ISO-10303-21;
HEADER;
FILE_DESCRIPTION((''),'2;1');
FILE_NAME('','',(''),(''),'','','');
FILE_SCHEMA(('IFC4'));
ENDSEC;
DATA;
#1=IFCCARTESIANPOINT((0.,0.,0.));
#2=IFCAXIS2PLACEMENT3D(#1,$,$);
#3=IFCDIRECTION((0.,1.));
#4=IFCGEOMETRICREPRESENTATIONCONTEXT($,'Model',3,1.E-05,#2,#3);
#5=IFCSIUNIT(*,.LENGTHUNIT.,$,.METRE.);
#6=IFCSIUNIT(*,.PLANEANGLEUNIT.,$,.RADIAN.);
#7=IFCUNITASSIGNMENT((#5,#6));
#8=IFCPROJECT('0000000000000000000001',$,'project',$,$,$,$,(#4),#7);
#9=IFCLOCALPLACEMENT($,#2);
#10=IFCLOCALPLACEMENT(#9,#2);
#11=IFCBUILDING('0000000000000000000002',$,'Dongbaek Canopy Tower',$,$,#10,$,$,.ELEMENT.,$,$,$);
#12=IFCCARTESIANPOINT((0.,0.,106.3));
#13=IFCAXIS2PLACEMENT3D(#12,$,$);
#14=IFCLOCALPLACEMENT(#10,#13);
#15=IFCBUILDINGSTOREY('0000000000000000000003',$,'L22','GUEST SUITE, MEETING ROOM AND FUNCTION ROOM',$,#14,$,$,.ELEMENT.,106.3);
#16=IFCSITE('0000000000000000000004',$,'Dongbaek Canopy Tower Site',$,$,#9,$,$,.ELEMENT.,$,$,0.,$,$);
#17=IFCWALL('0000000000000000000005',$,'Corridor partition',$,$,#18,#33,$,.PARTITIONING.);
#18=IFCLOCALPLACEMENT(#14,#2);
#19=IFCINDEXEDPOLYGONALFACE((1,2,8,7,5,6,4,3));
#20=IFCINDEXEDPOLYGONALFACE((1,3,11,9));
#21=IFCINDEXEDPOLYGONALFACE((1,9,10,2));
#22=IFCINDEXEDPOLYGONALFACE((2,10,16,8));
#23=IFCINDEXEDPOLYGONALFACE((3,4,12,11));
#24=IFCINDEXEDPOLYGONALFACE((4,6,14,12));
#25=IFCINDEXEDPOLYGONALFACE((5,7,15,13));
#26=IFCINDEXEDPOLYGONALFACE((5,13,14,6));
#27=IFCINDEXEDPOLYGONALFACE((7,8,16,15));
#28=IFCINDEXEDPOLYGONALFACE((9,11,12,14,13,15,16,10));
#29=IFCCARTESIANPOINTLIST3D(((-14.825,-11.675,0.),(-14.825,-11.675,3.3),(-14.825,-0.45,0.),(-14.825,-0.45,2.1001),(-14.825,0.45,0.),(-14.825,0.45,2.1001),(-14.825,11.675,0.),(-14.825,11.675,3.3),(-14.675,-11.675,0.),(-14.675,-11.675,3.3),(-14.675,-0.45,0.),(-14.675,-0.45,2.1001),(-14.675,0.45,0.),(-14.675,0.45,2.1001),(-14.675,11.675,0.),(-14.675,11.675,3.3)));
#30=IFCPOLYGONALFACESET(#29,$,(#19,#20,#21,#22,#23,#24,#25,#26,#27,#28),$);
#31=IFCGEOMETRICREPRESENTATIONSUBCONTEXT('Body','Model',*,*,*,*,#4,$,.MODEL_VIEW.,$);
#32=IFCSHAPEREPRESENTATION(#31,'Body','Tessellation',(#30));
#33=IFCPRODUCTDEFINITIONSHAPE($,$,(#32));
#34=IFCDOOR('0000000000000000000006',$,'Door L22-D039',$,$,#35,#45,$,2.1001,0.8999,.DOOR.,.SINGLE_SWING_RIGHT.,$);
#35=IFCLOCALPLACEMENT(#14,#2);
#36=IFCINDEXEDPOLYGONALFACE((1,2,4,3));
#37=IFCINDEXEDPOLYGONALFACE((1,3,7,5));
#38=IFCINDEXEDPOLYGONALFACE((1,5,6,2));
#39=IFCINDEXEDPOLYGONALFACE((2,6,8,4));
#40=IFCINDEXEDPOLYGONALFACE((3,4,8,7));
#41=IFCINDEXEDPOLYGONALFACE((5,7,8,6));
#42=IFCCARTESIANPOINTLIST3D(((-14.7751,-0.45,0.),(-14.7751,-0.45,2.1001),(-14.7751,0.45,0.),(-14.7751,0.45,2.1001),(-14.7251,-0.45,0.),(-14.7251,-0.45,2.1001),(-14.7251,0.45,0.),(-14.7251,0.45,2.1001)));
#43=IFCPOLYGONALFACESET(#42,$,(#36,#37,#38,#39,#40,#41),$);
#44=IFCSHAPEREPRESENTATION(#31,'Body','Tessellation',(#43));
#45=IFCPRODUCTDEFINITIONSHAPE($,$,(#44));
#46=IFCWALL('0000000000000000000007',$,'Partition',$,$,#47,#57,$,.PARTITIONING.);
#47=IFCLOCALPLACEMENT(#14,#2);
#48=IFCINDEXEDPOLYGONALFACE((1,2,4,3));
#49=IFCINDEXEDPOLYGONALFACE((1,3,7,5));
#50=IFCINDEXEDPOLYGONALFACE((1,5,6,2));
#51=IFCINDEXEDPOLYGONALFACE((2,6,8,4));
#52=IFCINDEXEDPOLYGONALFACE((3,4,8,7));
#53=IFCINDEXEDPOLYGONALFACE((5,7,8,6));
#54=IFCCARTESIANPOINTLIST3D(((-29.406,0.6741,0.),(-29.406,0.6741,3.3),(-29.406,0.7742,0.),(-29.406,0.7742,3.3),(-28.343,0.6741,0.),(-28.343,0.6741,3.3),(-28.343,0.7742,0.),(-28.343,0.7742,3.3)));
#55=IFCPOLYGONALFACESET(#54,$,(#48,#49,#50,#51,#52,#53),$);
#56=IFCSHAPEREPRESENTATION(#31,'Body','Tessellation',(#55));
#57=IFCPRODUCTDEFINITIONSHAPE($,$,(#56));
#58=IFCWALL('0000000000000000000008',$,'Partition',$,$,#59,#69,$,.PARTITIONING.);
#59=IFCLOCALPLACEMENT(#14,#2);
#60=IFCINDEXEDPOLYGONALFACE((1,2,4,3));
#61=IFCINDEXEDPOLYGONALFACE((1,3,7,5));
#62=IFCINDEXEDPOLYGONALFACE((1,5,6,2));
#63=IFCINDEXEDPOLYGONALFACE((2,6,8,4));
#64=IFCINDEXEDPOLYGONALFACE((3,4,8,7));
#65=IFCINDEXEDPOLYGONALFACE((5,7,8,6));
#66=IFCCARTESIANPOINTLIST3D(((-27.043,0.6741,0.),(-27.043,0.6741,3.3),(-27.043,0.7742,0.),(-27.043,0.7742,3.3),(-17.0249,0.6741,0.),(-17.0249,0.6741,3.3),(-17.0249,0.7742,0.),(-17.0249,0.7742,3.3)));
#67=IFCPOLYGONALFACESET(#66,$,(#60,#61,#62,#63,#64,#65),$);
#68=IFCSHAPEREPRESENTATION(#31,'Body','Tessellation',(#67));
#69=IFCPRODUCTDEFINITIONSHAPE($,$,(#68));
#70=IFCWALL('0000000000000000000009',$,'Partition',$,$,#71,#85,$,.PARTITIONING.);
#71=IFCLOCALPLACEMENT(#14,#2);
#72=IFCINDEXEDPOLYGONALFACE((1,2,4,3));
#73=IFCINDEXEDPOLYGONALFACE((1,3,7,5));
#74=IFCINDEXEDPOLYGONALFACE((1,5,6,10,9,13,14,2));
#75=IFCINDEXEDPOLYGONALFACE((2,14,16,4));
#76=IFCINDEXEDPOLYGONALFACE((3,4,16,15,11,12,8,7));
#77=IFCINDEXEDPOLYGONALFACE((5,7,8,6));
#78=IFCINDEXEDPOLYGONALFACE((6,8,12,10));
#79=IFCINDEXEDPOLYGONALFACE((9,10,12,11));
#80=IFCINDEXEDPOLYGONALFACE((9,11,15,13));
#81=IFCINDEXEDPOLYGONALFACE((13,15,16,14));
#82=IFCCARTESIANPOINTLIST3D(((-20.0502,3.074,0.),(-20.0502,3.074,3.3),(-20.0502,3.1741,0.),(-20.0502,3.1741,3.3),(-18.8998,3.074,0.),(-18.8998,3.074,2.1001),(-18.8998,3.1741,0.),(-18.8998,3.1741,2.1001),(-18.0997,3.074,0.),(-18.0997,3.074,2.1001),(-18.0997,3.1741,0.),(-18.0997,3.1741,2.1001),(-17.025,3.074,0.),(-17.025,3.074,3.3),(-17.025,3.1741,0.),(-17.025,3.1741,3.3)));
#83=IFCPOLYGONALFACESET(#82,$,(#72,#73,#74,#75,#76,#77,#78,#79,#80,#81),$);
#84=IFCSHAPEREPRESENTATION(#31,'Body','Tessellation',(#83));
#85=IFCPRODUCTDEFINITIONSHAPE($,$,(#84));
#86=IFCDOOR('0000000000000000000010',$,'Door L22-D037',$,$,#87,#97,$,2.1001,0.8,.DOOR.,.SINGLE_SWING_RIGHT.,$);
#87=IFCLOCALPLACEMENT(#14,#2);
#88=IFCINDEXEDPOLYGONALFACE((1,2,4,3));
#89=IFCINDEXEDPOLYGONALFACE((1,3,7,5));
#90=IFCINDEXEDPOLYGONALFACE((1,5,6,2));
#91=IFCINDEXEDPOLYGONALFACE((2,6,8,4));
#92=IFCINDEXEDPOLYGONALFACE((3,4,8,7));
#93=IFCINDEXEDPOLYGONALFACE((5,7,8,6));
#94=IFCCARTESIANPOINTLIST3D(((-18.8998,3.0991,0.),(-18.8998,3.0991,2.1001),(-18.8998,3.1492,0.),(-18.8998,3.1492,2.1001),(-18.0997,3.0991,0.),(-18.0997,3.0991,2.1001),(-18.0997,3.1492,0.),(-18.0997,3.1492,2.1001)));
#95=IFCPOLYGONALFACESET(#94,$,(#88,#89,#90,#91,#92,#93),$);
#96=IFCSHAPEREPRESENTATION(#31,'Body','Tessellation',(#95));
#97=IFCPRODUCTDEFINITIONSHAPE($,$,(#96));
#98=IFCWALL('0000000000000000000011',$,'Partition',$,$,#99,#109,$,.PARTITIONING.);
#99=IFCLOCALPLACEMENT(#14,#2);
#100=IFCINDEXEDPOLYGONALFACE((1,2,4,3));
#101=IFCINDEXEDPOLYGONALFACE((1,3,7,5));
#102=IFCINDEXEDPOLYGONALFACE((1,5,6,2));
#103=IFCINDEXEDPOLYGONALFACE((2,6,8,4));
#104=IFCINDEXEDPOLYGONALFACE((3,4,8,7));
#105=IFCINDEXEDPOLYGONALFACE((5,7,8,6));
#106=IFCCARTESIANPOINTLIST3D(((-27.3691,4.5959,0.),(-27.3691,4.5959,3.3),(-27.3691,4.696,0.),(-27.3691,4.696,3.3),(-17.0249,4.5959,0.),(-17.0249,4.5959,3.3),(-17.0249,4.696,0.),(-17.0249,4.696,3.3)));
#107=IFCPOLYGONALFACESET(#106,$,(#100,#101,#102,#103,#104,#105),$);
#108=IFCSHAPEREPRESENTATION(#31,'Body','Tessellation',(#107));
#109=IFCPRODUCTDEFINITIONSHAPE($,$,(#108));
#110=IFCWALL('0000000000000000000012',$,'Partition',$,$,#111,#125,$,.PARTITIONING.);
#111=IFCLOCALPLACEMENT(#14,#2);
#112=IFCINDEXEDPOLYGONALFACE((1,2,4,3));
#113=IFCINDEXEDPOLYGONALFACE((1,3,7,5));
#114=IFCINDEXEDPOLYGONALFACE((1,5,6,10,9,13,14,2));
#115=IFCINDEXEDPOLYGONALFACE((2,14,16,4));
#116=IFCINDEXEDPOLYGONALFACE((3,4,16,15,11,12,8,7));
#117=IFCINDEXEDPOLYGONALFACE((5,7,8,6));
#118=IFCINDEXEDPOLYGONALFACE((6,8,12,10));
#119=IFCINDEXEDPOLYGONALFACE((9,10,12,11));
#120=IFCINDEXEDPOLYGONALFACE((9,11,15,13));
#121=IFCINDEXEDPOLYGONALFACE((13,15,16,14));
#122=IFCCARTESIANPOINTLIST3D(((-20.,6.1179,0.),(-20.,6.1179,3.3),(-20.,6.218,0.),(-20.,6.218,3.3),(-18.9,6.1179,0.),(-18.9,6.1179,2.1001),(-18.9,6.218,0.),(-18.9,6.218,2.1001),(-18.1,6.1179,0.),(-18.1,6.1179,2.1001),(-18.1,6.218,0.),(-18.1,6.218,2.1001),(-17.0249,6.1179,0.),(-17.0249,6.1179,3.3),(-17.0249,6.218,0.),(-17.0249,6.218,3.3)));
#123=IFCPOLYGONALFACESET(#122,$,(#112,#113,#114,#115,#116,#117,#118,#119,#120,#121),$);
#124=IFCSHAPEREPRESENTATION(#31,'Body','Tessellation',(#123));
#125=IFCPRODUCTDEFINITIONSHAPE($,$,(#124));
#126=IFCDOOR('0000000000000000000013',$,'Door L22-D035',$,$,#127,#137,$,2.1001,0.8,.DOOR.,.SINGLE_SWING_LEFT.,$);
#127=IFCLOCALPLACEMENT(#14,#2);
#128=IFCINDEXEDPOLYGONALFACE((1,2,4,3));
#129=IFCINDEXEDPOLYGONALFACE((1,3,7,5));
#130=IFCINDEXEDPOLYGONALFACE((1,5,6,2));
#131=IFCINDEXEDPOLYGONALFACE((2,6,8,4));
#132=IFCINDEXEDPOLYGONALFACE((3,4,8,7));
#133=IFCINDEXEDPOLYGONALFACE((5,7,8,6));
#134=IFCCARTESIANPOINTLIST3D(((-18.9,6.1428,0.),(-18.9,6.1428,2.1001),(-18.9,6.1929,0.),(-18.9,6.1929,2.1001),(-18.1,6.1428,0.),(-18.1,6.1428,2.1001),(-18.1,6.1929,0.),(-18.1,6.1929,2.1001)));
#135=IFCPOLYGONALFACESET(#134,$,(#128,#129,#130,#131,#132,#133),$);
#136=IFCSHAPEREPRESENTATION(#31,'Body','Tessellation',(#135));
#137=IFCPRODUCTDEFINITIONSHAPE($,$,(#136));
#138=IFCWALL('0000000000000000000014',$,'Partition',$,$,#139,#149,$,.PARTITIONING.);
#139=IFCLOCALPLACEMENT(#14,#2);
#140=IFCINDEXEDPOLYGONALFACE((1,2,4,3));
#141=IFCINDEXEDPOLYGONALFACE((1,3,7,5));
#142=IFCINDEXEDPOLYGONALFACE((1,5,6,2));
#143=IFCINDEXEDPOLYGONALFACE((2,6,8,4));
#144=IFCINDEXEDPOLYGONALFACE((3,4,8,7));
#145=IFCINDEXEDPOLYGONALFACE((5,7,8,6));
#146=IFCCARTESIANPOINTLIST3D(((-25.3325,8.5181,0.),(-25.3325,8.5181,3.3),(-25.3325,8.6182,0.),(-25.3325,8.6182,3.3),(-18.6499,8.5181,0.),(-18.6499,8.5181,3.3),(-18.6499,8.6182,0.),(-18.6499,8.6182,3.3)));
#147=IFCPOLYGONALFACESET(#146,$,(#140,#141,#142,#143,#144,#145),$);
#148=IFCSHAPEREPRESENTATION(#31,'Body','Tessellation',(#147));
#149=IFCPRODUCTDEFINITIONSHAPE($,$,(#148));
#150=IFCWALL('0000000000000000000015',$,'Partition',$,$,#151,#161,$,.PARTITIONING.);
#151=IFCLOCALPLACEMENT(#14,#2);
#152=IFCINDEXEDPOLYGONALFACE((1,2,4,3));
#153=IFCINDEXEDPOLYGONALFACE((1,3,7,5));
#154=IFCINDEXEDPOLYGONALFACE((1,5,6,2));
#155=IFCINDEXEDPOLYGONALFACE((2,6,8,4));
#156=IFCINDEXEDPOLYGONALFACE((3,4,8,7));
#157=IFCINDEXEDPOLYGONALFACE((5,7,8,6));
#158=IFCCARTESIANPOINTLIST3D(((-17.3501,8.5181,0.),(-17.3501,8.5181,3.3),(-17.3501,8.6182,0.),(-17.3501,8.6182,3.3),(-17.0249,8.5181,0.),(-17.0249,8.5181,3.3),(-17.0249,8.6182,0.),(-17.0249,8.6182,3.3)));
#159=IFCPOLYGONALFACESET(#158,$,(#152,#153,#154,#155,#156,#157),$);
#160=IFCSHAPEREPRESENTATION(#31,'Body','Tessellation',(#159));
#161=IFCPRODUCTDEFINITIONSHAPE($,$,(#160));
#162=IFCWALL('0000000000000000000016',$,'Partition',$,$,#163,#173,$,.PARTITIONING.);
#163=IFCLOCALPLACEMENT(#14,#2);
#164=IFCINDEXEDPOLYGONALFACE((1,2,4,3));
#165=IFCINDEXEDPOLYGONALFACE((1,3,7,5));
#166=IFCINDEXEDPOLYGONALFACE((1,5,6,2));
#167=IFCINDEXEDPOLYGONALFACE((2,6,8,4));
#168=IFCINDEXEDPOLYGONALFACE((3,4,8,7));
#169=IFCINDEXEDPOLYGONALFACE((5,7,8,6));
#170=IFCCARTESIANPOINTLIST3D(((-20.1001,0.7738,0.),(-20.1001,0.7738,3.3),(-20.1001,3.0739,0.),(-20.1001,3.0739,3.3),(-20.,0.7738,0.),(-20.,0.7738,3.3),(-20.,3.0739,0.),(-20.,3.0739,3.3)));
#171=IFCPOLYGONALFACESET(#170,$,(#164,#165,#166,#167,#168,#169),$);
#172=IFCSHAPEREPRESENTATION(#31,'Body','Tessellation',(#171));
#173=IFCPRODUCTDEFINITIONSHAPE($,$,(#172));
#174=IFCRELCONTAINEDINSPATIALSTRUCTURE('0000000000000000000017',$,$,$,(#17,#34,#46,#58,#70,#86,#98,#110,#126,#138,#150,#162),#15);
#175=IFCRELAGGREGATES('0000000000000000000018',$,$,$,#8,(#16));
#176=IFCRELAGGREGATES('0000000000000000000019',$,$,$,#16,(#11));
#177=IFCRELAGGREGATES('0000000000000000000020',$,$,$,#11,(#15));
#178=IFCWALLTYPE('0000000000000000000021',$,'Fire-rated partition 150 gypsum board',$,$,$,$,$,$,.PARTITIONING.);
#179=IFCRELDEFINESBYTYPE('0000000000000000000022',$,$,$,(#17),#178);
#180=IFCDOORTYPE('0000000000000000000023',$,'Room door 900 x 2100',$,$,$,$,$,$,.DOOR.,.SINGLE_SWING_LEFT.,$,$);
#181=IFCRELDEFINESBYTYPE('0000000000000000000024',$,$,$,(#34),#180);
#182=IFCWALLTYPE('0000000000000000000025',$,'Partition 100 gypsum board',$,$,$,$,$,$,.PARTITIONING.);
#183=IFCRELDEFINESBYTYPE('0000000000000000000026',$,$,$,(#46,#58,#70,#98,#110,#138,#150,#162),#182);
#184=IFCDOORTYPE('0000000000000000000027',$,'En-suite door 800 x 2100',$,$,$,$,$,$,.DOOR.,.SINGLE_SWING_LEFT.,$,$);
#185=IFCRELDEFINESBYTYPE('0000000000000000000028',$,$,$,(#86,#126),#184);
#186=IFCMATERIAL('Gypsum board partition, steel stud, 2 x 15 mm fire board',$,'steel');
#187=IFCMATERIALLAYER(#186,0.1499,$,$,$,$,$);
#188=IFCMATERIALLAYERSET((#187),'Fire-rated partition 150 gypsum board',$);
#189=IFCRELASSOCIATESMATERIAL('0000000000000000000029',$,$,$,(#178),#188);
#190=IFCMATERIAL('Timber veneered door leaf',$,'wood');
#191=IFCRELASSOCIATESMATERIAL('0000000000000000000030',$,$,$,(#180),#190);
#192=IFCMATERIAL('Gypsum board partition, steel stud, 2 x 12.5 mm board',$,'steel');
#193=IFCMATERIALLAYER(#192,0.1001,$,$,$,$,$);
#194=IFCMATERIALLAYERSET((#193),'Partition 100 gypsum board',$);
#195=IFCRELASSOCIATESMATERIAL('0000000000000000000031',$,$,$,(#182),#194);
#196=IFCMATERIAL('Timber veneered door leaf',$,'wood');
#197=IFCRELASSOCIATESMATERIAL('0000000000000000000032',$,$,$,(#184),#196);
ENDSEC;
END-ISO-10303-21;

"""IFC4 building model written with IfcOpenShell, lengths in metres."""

from ifc_helpers import new_model, si_unit, direction, frame, frame_2d, origin, place, context, subcontext, project, spatial, rectangle, extrude, material, layer, layer_set, type_object, element, fill, save


model = new_model("IFC4")

# Units and contexts
model_context = context("Model", 3, precision=1e-05, world=origin(), true_north=direction((0.0, 1.0)))
body_context = subcontext(model_context, "Body", "Model", "MODEL_VIEW")
ifc_project = project(units=[si_unit("LENGTHUNIT", "METRE"), si_unit("PLANEANGLEUNIT", "RADIAN")], contexts=[model_context])

# Site, building, storey
site_placement = place(None, origin())
site = spatial("IfcSite", under=ifc_project, at=site_placement, Name="Dongbaek Canopy Tower Site", CompositionType="ELEMENT", RefElevation=0.0)
building_placement = place(site_placement, origin())
building = spatial("IfcBuilding", under=site, at=building_placement, Name="Dongbaek Canopy Tower", CompositionType="ELEMENT")
storey_placement = place(building_placement, frame((0.0, 0.0, 106.3)))
storey = spatial("IfcBuildingStorey", under=building, at=storey_placement, Name="L22", Description="GUEST SUITE, MEETING ROOM AND FUNCTION ROOM", CompositionType="ELEMENT", Elevation=106.3)

# Wall, opening, door
ifc_material_1 = material(Name="Gypsum board partition, steel stud, 2 x 15 mm fire board", Category="steel")
ifc_layer_1 = layer(ifc_material_1, 0.1499)
ifc_layer_set_1 = layer_set([ifc_layer_1], Name="Fire-rated partition 150 gypsum board")
wall_type_1 = type_object("IfcWallType", Name="Fire-rated partition 150 gypsum board", PredefinedType="PARTITIONING", material=ifc_layer_set_1)
wall_1_placement = place(storey_placement, frame((-14.75, 11.675, 0.0), z_axis=(0.0, 0.0, 1.0), x_axis=(0.0, -1.0, 0.0)))
wall_1 = element("IfcWall", 1, at=wall_1_placement, inside=storey, type_object=wall_type_1, Name="Corridor partition", PredefinedType="PARTITIONING", context=body_context, shape_type="SweptSolid", body=[
    extrude(rectangle(XDim=23.3501, YDim=0.1499, at=frame_2d((11.675, 0.0))), origin(), (0.0, 0.0, 1.0), 3.3),
])
opening_1_placement = place(wall_1_placement, frame((11.2251, 0.0, 0.0)))
opening_1 = element("IfcOpeningElement", 2, at=opening_1_placement, cuts=wall_1, PredefinedType="OPENING", context=body_context, shape_type="SweptSolid", body=[
    extrude(rectangle(XDim=0.8999, YDim=2.1001, at=frame_2d((0.45, 1.05))), frame((0.0, 0.085, 0.0), z_axis=(0.0, -1.0, 0.0), x_axis=(1.0, 0.0, 0.0)), (0.0, 0.0, 1.0), 0.1699),
])
ifc_material_2 = material(Name="Timber veneered door leaf", Category="wood")
door_type_1 = type_object("IfcDoorType", Name="Room door 900 x 2100", OperationType="SINGLE_SWING_LEFT", PredefinedType="DOOR", material=ifc_material_2)
door_1_placement = place(opening_1_placement, origin())
door_1 = element("IfcDoor", 3, at=door_1_placement, inside=storey, type_object=door_type_1, Name="Door L22-D039", OperationType="SINGLE_SWING_RIGHT", OverallHeight=2.1001, OverallWidth=0.8999, PredefinedType="DOOR", context=body_context, shape_type="SweptSolid", body=[
    extrude(rectangle(XDim=0.8999, YDim=2.1001, at=frame_2d((0.45, 1.05))), frame((0.0, 0.0249, 0.0), z_axis=(0.0, -1.0, 0.0), x_axis=(1.0, 0.0, 0.0)), (0.0, 0.0, 1.0), 0.05),
])
fill(opening_1, door_1)

# Walls
ifc_material_3 = material(Name="Gypsum board partition, steel stud, 2 x 12.5 mm board", Category="steel")
ifc_layer_2 = layer(ifc_material_3, 0.1001)
ifc_layer_set_2 = layer_set([ifc_layer_2], Name="Partition 100 gypsum board")
wall_type_2 = type_object("IfcWallType", Name="Partition 100 gypsum board", PredefinedType="PARTITIONING", material=ifc_layer_set_2)
wall_2_placement = place(storey_placement, frame((-29.406, 0.7241, 0.0), z_axis=(0.0, 0.0, 1.0), x_axis=(1.0, 0.0, 0.0)))
element("IfcWall", 4, at=wall_2_placement, inside=storey, type_object=wall_type_2, Name="Partition", PredefinedType="PARTITIONING", context=body_context, shape_type="SweptSolid", body=[
    extrude(rectangle(XDim=1.063, YDim=0.1001, at=frame_2d((0.5315, 0.0))), origin(), (0.0, 0.0, 1.0), 3.3),
])
wall_3_placement = place(storey_placement, frame((-27.043, 0.7241, 0.0), z_axis=(0.0, 0.0, 1.0), x_axis=(1.0, 0.0, 0.0)))
element("IfcWall", 5, at=wall_3_placement, inside=storey, type_object=wall_type_2, Name="Partition", PredefinedType="PARTITIONING", context=body_context, shape_type="SweptSolid", body=[
    extrude(rectangle(XDim=10.0181, YDim=0.1001, at=frame_2d((5.009, 0.0))), origin(), (0.0, 0.0, 1.0), 3.3),
])

# Wall, opening, door
wall_4_placement = place(storey_placement, frame((-17.0249, 3.124, 0.0), z_axis=(0.0, 0.0, 1.0), x_axis=(-1.0, 0.0, 0.0)))
wall_4 = element("IfcWall", 6, at=wall_4_placement, inside=storey, type_object=wall_type_2, Name="Partition", PredefinedType="PARTITIONING", context=body_context, shape_type="SweptSolid", body=[
    extrude(rectangle(XDim=3.0251, YDim=0.1001, at=frame_2d((1.5127, 0.0))), origin(), (0.0, 0.0, 1.0), 3.3),
])
opening_2_placement = place(wall_4_placement, frame((1.075, 0.0, 0.0)))
opening_2 = element("IfcOpeningElement", 7, at=opening_2_placement, cuts=wall_4, PredefinedType="OPENING", context=body_context, shape_type="SweptSolid", body=[
    extrude(rectangle(XDim=0.8, YDim=2.1001, at=frame_2d((0.3999, 1.05))), frame((0.0, 0.0601, 0.0), z_axis=(0.0, -1.0, 0.0), x_axis=(1.0, 0.0, 0.0)), (0.0, 0.0, 1.0), 0.1201),
])
ifc_material_4 = material(Name="Timber veneered door leaf", Category="wood")
door_type_2 = type_object("IfcDoorType", Name="En-suite door 800 x 2100", OperationType="SINGLE_SWING_LEFT", PredefinedType="DOOR", material=ifc_material_4)
door_2_placement = place(opening_2_placement, origin())
door_2 = element("IfcDoor", 8, at=door_2_placement, inside=storey, type_object=door_type_2, Name="Door L22-D037", OperationType="SINGLE_SWING_RIGHT", OverallHeight=2.1001, OverallWidth=0.8, PredefinedType="DOOR", context=body_context, shape_type="SweptSolid", body=[
    extrude(rectangle(XDim=0.8, YDim=2.1001, at=frame_2d((0.3999, 1.05))), frame((0.0, 0.0249, 0.0), z_axis=(0.0, -1.0, 0.0), x_axis=(1.0, 0.0, 0.0)), (0.0, 0.0, 1.0), 0.05),
])
fill(opening_2, door_2)

# Wall
wall_5_placement = place(storey_placement, frame((-27.3691, 4.646, 0.0), z_axis=(0.0, 0.0, 1.0), x_axis=(1.0, 0.0, 0.0)))
element("IfcWall", 9, at=wall_5_placement, inside=storey, type_object=wall_type_2, Name="Partition", PredefinedType="PARTITIONING", context=body_context, shape_type="SweptSolid", body=[
    extrude(rectangle(XDim=10.3442, YDim=0.1001, at=frame_2d((5.1721, 0.0))), origin(), (0.0, 0.0, 1.0), 3.3),
])

# Wall, opening, door
wall_6_placement = place(storey_placement, frame((-20.0, 6.168, 0.0), z_axis=(0.0, 0.0, 1.0), x_axis=(1.0, 0.0, 0.0)))
wall_6 = element("IfcWall", 10, at=wall_6_placement, inside=storey, type_object=wall_type_2, Name="Partition", PredefinedType="PARTITIONING", context=body_context, shape_type="SweptSolid", body=[
    extrude(rectangle(XDim=2.9751, YDim=0.1001, at=frame_2d((1.4875, 0.0))), origin(), (0.0, 0.0, 1.0), 3.3),
])
opening_3_placement = place(wall_6_placement, frame((1.1001, 0.0, 0.0)))
opening_3 = element("IfcOpeningElement", 11, at=opening_3_placement, cuts=wall_6, PredefinedType="OPENING", context=body_context, shape_type="SweptSolid", body=[
    extrude(rectangle(XDim=0.8, YDim=2.1001, at=frame_2d((0.3999, 1.05))), frame((0.0, 0.0601, 0.0), z_axis=(0.0, -1.0, 0.0), x_axis=(1.0, 0.0, 0.0)), (0.0, 0.0, 1.0), 0.1201),
])
door_3_placement = place(opening_3_placement, origin())
door_3 = element("IfcDoor", 12, at=door_3_placement, inside=storey, type_object=door_type_2, Name="Door L22-D035", OperationType="SINGLE_SWING_LEFT", OverallHeight=2.1001, OverallWidth=0.8, PredefinedType="DOOR", context=body_context, shape_type="SweptSolid", body=[
    extrude(rectangle(XDim=0.8, YDim=2.1001, at=frame_2d((0.3999, 1.05))), frame((0.0, 0.0249, 0.0), z_axis=(0.0, -1.0, 0.0), x_axis=(1.0, 0.0, 0.0)), (0.0, 0.0, 1.0), 0.05),
])
fill(opening_3, door_3)

# Walls
wall_7_placement = place(storey_placement, frame((-25.3325, 8.5681, 0.0), z_axis=(0.0, 0.0, 1.0), x_axis=(1.0, 0.0, 0.0)))
element("IfcWall", 13, at=wall_7_placement, inside=storey, type_object=wall_type_2, Name="Partition", PredefinedType="PARTITIONING", context=body_context, shape_type="SweptSolid", body=[
    extrude(rectangle(XDim=6.6826, YDim=0.1001, at=frame_2d((3.3413, 0.0))), origin(), (0.0, 0.0, 1.0), 3.3),
])
wall_8_placement = place(storey_placement, frame((-17.3501, 8.5681, 0.0), z_axis=(0.0, 0.0, 1.0), x_axis=(1.0, 0.0, 0.0)))
element("IfcWall", 14, at=wall_8_placement, inside=storey, type_object=wall_type_2, Name="Partition", PredefinedType="PARTITIONING", context=body_context, shape_type="SweptSolid", body=[
    extrude(rectangle(XDim=0.3252, YDim=0.1001, at=frame_2d((0.1626, 0.0))), origin(), (0.0, 0.0, 1.0), 3.3),
])
wall_9_placement = place(storey_placement, frame((-20.05, 0.7739, 0.0), z_axis=(0.0, 0.0, 1.0), x_axis=(0.0, 1.0, 0.0)))
element("IfcWall", 15, at=wall_9_placement, inside=storey, type_object=wall_type_2, Name="Partition", PredefinedType="PARTITIONING", context=body_context, shape_type="SweptSolid", body=[
    extrude(rectangle(XDim=2.3, YDim=0.1001, at=frame_2d((1.1499, 0.0))), origin(), (0.0, 0.0, 1.0), 3.3),
])

save(model, "model.ifc")
